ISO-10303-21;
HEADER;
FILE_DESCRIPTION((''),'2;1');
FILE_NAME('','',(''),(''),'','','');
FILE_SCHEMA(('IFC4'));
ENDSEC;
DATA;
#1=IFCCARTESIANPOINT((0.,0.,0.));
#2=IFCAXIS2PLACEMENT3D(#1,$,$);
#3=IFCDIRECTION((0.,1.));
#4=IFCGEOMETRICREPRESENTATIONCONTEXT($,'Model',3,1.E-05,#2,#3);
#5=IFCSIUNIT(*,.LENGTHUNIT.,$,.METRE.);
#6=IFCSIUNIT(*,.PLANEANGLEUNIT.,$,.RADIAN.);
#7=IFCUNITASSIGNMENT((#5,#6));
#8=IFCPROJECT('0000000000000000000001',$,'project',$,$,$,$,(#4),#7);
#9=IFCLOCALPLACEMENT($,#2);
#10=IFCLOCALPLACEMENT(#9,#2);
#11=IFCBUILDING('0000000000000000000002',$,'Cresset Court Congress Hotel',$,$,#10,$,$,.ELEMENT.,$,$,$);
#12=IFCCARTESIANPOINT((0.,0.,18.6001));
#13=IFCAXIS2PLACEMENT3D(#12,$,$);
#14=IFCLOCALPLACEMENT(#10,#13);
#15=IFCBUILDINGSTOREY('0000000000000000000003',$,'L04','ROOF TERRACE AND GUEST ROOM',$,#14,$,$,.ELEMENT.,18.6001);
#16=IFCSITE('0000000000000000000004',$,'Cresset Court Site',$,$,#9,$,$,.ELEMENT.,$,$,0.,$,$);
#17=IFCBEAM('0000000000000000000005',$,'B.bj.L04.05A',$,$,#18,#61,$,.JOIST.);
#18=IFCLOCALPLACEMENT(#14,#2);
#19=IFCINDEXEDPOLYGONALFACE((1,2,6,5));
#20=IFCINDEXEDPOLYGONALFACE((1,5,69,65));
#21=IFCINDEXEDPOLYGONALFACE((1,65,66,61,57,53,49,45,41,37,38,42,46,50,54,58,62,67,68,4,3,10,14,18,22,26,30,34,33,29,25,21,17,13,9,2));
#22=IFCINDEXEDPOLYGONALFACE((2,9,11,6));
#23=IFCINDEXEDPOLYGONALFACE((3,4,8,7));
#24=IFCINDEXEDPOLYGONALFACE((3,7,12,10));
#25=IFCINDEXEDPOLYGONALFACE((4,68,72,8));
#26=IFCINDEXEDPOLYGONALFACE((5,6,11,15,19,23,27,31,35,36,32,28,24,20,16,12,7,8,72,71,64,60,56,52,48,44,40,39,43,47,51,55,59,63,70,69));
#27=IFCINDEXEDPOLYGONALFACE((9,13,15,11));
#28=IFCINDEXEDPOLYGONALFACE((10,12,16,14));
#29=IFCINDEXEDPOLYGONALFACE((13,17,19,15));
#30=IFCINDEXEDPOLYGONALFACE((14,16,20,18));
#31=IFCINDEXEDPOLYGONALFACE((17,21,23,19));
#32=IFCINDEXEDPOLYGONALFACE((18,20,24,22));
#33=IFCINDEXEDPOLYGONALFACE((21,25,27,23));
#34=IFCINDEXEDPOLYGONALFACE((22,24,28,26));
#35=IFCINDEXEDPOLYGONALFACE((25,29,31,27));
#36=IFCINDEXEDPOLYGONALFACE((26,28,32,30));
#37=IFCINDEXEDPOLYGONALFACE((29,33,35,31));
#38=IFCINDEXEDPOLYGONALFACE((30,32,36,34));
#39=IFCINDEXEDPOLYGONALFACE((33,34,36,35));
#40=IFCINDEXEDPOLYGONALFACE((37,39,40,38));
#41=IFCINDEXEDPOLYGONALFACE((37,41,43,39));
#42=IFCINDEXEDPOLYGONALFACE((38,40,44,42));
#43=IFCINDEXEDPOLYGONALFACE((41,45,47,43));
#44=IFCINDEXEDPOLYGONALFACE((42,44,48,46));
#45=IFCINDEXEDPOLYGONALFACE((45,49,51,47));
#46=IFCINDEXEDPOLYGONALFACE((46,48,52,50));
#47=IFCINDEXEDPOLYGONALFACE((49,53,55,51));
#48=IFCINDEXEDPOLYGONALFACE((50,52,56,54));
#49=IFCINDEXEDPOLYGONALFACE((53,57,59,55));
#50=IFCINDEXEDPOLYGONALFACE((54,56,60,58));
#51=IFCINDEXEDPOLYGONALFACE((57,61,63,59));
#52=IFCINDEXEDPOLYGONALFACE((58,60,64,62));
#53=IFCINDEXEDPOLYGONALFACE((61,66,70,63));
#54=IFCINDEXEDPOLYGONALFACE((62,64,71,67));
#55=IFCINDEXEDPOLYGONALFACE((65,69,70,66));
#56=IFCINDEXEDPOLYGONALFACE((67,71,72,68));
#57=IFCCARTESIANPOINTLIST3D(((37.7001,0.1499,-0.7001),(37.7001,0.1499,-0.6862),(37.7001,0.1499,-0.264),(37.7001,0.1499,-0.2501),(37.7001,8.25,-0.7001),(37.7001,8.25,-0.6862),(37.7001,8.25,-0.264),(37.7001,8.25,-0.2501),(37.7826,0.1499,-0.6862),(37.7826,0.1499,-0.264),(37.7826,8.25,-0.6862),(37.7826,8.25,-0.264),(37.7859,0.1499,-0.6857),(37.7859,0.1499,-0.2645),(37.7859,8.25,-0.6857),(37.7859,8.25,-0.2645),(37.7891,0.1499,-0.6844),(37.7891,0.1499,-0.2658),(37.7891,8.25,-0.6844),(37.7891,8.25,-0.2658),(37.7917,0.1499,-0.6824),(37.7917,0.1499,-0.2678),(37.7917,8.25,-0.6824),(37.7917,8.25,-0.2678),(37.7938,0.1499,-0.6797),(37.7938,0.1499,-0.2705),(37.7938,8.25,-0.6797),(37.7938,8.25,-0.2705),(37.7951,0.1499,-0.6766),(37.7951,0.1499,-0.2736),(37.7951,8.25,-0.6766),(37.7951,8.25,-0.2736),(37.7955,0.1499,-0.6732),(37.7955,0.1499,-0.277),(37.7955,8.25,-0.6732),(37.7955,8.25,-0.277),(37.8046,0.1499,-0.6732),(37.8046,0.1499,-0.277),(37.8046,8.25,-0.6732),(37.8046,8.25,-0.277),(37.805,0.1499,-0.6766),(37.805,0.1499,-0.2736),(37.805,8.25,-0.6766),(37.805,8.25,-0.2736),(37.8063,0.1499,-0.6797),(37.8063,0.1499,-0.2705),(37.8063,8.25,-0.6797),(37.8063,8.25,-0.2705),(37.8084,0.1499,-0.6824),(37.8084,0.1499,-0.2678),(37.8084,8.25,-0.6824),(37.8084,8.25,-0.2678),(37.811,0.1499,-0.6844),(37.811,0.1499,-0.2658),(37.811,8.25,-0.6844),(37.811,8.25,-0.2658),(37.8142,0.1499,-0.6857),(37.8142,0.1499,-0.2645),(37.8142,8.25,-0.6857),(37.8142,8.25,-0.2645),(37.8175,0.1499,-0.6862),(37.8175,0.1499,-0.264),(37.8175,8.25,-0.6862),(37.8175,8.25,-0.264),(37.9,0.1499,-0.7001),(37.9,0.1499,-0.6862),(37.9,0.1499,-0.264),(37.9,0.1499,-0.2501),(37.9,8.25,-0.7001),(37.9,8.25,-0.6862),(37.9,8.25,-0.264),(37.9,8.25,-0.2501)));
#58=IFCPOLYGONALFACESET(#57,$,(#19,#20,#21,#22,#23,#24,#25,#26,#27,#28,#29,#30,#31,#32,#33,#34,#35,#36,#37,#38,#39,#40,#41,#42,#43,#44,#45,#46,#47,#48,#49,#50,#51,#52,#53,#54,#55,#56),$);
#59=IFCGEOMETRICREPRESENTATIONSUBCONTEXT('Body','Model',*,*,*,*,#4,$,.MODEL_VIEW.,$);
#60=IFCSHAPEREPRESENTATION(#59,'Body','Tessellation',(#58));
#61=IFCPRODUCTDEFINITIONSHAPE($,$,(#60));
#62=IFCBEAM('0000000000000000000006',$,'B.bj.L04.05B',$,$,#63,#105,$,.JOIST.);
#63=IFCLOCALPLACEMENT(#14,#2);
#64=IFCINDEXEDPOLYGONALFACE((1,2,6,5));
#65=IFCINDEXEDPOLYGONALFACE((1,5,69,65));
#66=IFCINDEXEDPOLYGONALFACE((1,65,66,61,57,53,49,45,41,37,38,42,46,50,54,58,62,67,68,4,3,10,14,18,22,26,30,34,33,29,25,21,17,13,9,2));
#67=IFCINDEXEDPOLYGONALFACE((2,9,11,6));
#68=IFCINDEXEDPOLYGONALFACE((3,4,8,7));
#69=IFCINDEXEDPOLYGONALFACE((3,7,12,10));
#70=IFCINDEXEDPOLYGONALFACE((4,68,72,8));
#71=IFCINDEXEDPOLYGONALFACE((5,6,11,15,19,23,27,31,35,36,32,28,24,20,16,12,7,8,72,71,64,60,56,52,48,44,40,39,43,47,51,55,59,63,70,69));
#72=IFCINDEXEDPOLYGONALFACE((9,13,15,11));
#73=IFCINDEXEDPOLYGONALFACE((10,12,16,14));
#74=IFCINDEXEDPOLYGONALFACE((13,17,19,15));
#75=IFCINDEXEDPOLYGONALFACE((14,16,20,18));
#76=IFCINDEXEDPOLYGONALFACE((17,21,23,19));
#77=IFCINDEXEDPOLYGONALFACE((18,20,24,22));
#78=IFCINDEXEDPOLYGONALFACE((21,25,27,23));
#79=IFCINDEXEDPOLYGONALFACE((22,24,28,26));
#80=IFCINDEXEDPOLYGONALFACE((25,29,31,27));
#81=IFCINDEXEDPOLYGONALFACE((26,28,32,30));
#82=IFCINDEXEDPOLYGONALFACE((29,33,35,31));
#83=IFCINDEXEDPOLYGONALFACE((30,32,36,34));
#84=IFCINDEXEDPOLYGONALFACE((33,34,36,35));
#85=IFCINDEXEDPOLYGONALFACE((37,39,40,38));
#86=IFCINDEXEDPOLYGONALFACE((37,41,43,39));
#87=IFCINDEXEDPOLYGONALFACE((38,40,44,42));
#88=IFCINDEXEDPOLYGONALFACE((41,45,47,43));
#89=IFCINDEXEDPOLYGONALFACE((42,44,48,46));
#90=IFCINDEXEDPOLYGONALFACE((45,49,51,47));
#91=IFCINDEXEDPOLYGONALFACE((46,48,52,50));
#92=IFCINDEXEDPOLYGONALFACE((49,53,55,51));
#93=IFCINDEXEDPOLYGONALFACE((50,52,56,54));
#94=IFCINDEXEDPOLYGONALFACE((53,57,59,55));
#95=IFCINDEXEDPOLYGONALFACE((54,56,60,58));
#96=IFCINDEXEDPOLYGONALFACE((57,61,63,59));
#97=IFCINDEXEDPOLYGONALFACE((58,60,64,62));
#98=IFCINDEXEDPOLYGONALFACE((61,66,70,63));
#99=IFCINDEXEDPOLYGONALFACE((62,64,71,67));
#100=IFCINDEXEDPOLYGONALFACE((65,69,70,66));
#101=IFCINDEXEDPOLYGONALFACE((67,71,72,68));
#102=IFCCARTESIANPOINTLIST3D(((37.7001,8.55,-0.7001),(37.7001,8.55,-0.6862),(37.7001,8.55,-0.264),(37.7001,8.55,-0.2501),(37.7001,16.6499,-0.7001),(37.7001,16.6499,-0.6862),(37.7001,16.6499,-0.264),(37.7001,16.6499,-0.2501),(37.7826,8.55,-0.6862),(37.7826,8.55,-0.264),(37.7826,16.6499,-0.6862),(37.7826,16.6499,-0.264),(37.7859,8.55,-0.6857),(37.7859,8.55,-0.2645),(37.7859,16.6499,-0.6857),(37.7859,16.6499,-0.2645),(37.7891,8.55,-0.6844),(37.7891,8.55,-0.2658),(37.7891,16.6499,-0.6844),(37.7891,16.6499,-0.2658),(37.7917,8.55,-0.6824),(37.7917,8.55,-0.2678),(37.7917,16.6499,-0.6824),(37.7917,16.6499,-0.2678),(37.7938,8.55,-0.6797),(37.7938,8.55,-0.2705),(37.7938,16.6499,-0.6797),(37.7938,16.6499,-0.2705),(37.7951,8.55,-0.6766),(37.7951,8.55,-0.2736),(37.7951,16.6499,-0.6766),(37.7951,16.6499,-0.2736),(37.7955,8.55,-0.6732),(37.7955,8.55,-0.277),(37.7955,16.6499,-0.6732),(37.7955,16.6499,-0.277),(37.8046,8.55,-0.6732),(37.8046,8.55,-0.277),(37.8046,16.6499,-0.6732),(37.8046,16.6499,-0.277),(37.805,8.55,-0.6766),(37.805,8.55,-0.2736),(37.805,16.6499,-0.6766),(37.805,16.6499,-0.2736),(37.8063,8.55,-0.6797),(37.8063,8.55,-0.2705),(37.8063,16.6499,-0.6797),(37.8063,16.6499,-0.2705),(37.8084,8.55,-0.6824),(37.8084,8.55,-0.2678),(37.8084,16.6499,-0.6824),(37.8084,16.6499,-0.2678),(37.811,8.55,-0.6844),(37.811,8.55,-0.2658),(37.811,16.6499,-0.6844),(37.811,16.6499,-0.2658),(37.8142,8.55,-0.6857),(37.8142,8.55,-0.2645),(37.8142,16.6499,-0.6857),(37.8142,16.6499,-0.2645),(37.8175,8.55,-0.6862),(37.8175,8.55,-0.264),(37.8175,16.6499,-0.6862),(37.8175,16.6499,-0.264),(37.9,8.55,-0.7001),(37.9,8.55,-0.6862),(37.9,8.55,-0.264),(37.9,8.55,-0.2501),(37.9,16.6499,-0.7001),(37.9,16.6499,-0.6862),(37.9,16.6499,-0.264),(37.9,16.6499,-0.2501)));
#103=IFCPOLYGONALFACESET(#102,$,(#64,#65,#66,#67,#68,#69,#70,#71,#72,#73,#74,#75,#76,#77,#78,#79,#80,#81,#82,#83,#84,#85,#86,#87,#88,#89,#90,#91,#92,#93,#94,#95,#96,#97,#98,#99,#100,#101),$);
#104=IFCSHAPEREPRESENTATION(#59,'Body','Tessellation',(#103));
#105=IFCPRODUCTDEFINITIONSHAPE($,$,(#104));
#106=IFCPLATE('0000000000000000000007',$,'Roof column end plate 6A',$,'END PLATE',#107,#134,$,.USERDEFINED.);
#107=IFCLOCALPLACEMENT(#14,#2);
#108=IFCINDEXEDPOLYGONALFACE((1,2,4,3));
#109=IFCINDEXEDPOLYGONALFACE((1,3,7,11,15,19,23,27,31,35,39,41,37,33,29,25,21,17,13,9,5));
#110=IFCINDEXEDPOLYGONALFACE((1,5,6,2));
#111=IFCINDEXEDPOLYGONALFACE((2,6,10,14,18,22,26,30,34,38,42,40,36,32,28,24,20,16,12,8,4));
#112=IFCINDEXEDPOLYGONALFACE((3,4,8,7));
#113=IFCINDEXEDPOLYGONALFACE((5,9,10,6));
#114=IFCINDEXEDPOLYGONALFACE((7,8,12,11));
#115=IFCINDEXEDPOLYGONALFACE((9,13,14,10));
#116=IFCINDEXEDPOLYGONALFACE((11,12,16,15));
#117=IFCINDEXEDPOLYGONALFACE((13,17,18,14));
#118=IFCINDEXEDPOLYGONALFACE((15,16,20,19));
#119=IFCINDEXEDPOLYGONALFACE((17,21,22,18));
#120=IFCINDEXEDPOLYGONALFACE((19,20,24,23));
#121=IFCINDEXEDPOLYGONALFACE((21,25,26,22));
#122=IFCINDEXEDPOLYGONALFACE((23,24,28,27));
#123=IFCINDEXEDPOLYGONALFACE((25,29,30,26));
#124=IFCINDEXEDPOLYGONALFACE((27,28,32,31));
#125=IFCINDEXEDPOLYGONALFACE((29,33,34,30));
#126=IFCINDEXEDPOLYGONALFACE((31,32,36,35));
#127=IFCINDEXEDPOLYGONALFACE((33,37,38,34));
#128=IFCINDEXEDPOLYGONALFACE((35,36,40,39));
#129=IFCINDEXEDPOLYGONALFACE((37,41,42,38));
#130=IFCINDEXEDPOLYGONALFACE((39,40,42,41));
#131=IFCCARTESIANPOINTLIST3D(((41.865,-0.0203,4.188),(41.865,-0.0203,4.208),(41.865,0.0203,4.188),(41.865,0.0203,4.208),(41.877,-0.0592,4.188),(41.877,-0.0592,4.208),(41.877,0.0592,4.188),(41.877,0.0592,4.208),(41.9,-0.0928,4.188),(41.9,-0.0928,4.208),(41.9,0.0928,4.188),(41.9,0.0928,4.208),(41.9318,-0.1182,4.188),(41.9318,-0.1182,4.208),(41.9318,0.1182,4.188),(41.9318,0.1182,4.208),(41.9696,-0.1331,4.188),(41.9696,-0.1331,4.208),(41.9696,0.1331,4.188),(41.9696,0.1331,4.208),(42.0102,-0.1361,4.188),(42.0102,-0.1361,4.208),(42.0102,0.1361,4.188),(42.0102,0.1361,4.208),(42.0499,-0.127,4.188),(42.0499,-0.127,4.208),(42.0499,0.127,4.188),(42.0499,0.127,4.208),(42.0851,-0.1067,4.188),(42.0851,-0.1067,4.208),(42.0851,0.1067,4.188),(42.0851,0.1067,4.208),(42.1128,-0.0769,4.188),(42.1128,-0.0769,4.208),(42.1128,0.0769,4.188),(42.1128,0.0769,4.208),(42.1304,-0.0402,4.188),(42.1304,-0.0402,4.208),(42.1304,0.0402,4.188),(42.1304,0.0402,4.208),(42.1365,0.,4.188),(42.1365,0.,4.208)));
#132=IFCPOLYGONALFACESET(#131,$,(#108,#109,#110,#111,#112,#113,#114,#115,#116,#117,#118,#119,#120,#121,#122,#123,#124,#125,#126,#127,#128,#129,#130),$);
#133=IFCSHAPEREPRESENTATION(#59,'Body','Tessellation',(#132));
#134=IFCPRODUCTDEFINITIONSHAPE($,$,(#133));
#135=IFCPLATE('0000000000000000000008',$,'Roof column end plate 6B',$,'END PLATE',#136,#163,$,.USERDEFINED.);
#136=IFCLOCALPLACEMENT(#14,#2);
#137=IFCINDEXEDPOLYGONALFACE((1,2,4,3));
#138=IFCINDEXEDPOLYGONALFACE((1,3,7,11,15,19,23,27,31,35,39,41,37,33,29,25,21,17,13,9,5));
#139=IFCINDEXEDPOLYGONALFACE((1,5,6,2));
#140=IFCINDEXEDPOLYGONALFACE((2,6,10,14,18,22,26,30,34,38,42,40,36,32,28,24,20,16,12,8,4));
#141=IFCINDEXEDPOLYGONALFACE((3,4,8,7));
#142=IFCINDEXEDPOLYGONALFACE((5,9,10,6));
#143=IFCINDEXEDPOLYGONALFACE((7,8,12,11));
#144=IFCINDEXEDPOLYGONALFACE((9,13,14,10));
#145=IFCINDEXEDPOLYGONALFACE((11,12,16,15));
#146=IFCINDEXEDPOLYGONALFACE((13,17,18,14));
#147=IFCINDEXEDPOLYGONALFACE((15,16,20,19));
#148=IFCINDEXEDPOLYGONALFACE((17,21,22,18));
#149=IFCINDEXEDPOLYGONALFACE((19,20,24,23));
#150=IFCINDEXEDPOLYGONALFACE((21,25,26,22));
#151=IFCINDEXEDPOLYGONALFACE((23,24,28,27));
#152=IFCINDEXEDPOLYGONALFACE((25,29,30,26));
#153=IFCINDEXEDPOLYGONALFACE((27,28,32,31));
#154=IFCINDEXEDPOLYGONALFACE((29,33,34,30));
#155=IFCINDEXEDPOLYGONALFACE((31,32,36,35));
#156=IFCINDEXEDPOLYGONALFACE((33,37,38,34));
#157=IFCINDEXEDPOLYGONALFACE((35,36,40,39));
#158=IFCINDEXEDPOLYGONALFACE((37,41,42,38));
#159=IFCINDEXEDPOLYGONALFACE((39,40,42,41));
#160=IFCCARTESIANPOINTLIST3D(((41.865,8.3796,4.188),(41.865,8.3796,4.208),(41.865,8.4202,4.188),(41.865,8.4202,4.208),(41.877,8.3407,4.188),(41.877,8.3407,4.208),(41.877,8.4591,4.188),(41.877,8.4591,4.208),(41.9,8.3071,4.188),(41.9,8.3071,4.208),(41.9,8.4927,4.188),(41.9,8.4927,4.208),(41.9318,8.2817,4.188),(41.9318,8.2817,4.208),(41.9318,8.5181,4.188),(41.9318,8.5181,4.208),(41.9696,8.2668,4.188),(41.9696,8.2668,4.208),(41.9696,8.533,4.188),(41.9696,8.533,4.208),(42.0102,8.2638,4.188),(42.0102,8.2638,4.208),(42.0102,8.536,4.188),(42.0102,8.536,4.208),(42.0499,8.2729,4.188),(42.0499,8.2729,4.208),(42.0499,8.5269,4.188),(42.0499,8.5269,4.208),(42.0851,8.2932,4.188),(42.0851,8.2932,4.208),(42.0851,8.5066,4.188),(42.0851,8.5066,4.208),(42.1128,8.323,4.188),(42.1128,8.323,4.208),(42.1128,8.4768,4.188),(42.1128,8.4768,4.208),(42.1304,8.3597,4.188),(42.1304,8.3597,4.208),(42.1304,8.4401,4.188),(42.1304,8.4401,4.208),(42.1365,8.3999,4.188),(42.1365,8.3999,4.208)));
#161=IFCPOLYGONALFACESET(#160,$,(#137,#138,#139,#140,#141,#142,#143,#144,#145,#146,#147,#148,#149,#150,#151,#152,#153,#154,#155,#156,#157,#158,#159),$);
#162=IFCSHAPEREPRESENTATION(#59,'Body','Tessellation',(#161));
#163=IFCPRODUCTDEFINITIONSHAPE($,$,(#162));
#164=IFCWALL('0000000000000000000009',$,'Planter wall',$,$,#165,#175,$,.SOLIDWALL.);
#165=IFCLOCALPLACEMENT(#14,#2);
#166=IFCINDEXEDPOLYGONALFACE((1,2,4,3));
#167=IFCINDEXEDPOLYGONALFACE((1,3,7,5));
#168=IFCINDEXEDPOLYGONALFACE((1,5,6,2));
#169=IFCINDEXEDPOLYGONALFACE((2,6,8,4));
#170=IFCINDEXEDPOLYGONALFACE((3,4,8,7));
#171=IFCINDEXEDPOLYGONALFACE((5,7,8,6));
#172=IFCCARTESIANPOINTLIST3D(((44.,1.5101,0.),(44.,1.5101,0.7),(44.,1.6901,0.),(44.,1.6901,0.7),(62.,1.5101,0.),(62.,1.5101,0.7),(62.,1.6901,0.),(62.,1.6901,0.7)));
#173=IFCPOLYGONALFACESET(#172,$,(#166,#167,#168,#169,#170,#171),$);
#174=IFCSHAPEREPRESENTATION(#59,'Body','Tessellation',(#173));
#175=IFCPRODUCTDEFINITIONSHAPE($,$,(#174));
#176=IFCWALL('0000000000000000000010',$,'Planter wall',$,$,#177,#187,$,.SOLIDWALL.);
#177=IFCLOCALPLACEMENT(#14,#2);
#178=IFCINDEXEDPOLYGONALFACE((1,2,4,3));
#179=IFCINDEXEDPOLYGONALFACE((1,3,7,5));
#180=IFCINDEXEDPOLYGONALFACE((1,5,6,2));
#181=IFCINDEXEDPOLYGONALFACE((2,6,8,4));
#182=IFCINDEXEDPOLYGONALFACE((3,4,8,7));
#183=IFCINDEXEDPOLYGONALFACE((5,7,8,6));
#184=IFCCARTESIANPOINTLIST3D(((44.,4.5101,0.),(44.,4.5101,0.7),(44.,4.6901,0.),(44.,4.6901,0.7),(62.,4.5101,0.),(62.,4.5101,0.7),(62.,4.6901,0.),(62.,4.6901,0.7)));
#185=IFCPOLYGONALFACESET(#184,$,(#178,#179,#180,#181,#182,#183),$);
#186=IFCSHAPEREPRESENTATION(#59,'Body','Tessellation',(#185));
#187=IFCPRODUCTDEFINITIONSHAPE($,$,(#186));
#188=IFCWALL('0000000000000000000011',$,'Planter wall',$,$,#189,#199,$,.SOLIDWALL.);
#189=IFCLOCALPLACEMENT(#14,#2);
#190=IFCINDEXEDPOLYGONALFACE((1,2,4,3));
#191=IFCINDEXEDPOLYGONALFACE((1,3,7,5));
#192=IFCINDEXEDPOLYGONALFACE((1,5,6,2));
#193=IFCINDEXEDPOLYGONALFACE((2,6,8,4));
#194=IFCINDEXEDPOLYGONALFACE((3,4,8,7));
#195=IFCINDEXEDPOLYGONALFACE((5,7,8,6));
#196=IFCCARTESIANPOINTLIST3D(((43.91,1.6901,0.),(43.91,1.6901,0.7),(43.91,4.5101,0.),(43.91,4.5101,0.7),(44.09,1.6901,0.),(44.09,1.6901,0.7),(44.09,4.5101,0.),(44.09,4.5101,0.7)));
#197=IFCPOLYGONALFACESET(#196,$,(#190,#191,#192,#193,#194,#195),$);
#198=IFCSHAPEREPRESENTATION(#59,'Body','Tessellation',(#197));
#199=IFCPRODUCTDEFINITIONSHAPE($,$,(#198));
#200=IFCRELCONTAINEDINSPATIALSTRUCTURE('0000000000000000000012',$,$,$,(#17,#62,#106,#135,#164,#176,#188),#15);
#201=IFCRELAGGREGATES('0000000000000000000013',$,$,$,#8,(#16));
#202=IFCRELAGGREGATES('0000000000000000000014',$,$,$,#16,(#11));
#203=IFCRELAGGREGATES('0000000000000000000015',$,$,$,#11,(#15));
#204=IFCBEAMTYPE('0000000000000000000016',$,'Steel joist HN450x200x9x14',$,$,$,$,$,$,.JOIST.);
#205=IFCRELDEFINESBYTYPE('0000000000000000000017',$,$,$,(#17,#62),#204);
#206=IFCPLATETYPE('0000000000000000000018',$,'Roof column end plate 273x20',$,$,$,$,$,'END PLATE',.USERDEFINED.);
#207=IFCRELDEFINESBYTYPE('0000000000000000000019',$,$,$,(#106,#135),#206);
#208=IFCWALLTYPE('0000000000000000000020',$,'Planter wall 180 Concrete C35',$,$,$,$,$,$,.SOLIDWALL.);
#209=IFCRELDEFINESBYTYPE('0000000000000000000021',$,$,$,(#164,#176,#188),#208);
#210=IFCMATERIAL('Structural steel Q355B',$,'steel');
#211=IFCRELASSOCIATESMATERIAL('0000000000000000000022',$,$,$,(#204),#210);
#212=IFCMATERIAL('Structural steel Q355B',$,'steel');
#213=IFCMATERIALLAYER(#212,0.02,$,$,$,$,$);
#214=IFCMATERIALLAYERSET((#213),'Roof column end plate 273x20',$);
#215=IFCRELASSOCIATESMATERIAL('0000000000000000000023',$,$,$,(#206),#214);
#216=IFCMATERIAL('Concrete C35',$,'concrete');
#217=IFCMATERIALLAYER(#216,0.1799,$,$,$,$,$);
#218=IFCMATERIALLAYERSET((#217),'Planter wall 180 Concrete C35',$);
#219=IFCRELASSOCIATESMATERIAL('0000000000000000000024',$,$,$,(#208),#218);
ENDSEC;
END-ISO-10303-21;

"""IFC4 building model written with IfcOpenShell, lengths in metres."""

from ifc_helpers import new_model, si_unit, direction, frame, frame_2d, origin, origin_2d, place, context, subcontext, project, spatial, rectangle, circle, i_section, extrude, material, layer, layer_set, material_profile, profile_set, type_object, element, save


model = new_model("IFC4")

# Units and contexts
model_context = context("Model", 3, precision=1e-05, world=origin(), true_north=direction((0.0, 1.0)))
body_context = subcontext(model_context, "Body", "Model", "MODEL_VIEW")
ifc_project = project(units=[si_unit("LENGTHUNIT", "METRE"), si_unit("PLANEANGLEUNIT", "RADIAN")], contexts=[model_context])

# Site, building, storey
site_placement = place(None, origin())
site = spatial("IfcSite", under=ifc_project, at=site_placement, Name="Cresset Court Site", CompositionType="ELEMENT", RefElevation=0.0)
building_placement = place(site_placement, origin())
building = spatial("IfcBuilding", under=site, at=building_placement, Name="Cresset Court Congress Hotel", CompositionType="ELEMENT")
storey_placement = place(building_placement, frame((0.0, 0.0, 18.6001)))
storey = spatial("IfcBuildingStorey", under=building, at=storey_placement, Name="L04", Description="ROOF TERRACE AND GUEST ROOM", CompositionType="ELEMENT", Elevation=18.6001)

# Beams
ifc_material_1 = material(Name="Structural steel Q355B", Category="steel")
ifc_material_profile_1 = material_profile(ifc_material_1, i_section(OverallWidth=0.2, OverallDepth=0.45, WebThickness=0.009, FlangeThickness=0.0139, FilletRadius=0.0129, at=origin_2d()), Name="HN450x200x9x14")
ifc_profile_set_1 = profile_set([ifc_material_profile_1], Name="Structural steel Q355B")
beam_type_1 = type_object("IfcBeamType", Name="Steel joist HN450x200x9x14", PredefinedType="JOIST", material=ifc_profile_set_1)
beam_1_placement = place(storey_placement, frame((37.8, 0.1499, -0.4751), z_axis=(0.0, 1.0, 0.0), x_axis=(-1.0, 0.0, 0.0)))
element("IfcBeam", 1, at=beam_1_placement, inside=storey, type_object=beam_type_1, Name="B.bj.L04.05A", PredefinedType="JOIST", context=body_context, shape_type="SweptSolid", body=[
    extrude(i_section(OverallWidth=0.2, OverallDepth=0.45, WebThickness=0.009, FlangeThickness=0.0139, FilletRadius=0.0129, at=origin_2d()), origin(), (0.0, 0.0, 1.0), 8.1001),
])
beam_2_placement = place(storey_placement, frame((37.8, 8.55, -0.4751), z_axis=(0.0, 1.0, 0.0), x_axis=(-1.0, 0.0, 0.0)))
element("IfcBeam", 2, at=beam_2_placement, inside=storey, type_object=beam_type_1, Name="B.bj.L04.05B", PredefinedType="JOIST", context=body_context, shape_type="SweptSolid", body=[
    extrude(i_section(OverallWidth=0.2, OverallDepth=0.45, WebThickness=0.009, FlangeThickness=0.0139, FilletRadius=0.0129, at=origin_2d()), origin(), (0.0, 0.0, 1.0), 8.0999),
])

# Plates
ifc_material_2 = material(Name="Structural steel Q355B", Category="steel")
ifc_layer_1 = layer(ifc_material_2, 0.02)
ifc_layer_set_1 = layer_set([ifc_layer_1], Name="Roof column end plate 273x20")
plate_type = type_object("IfcPlateType", Name="Roof column end plate 273x20", ElementType="END PLATE", PredefinedType="USERDEFINED", material=ifc_layer_set_1)
for number, where, z_axis, x_axis, name in (
    (3, (42.0, 0.0, 4.188), (0.0, 0.0, 1.0), (1.0, 0.0, 0.0), "Roof column end plate 6A"),
    (4, (42.0, 8.3999, 4.188), (0.0, 0.0, 1.0), (1.0, 0.0, 0.0), "Roof column end plate 6B"),
):
    element("IfcPlate", number, at=place(storey_placement, frame(where, z_axis=z_axis, x_axis=x_axis)), inside=storey, type_object=plate_type, Name=name, ObjectType="END PLATE", PredefinedType="USERDEFINED", context=body_context, shape_type="SweptSolid", body=[
        extrude(circle(Radius=0.1365, at=origin_2d()), origin(), (0.0, 0.0, 1.0), 0.02),
    ])

# Walls
ifc_material_3 = material(Name="Concrete C35", Category="concrete")
ifc_layer_2 = layer(ifc_material_3, 0.1799)
ifc_layer_set_2 = layer_set([ifc_layer_2], Name="Planter wall 180 Concrete C35")
wall_type = type_object("IfcWallType", Name="Planter wall 180 Concrete C35", PredefinedType="SOLIDWALL", material=ifc_layer_set_2)
for number, where, z_axis, x_axis, name in (
    (5, (44.0, 1.6001, 0.0), (0.0, 0.0, 1.0), (1.0, 0.0, 0.0), "Planter wall"),
    (6, (44.0, 4.6001, 0.0), (0.0, 0.0, 1.0), (1.0, 0.0, 0.0), "Planter wall"),
):
    element("IfcWall", number, at=place(storey_placement, frame(where, z_axis=z_axis, x_axis=x_axis)), inside=storey, type_object=wall_type, Name=name, PredefinedType="SOLIDWALL", context=body_context, shape_type="SweptSolid", body=[
        extrude(rectangle(XDim=18.0, YDim=0.1799, at=frame_2d((9.0, 0.0))), origin(), (0.0, 0.0, 1.0), 0.7),
    ])
wall_placement = place(storey_placement, frame((44.0, 1.6899, 0.0), z_axis=(0.0, 0.0, 1.0), x_axis=(0.0, 1.0, 0.0)))
element("IfcWall", 7, at=wall_placement, inside=storey, type_object=wall_type, Name="Planter wall", PredefinedType="SOLIDWALL", context=body_context, shape_type="SweptSolid", body=[
    extrude(rectangle(XDim=2.8201, YDim=0.1799, at=frame_2d((1.4102, 0.0))), origin(), (0.0, 0.0, 1.0), 0.7),
])

save(model, "model.ifc")
